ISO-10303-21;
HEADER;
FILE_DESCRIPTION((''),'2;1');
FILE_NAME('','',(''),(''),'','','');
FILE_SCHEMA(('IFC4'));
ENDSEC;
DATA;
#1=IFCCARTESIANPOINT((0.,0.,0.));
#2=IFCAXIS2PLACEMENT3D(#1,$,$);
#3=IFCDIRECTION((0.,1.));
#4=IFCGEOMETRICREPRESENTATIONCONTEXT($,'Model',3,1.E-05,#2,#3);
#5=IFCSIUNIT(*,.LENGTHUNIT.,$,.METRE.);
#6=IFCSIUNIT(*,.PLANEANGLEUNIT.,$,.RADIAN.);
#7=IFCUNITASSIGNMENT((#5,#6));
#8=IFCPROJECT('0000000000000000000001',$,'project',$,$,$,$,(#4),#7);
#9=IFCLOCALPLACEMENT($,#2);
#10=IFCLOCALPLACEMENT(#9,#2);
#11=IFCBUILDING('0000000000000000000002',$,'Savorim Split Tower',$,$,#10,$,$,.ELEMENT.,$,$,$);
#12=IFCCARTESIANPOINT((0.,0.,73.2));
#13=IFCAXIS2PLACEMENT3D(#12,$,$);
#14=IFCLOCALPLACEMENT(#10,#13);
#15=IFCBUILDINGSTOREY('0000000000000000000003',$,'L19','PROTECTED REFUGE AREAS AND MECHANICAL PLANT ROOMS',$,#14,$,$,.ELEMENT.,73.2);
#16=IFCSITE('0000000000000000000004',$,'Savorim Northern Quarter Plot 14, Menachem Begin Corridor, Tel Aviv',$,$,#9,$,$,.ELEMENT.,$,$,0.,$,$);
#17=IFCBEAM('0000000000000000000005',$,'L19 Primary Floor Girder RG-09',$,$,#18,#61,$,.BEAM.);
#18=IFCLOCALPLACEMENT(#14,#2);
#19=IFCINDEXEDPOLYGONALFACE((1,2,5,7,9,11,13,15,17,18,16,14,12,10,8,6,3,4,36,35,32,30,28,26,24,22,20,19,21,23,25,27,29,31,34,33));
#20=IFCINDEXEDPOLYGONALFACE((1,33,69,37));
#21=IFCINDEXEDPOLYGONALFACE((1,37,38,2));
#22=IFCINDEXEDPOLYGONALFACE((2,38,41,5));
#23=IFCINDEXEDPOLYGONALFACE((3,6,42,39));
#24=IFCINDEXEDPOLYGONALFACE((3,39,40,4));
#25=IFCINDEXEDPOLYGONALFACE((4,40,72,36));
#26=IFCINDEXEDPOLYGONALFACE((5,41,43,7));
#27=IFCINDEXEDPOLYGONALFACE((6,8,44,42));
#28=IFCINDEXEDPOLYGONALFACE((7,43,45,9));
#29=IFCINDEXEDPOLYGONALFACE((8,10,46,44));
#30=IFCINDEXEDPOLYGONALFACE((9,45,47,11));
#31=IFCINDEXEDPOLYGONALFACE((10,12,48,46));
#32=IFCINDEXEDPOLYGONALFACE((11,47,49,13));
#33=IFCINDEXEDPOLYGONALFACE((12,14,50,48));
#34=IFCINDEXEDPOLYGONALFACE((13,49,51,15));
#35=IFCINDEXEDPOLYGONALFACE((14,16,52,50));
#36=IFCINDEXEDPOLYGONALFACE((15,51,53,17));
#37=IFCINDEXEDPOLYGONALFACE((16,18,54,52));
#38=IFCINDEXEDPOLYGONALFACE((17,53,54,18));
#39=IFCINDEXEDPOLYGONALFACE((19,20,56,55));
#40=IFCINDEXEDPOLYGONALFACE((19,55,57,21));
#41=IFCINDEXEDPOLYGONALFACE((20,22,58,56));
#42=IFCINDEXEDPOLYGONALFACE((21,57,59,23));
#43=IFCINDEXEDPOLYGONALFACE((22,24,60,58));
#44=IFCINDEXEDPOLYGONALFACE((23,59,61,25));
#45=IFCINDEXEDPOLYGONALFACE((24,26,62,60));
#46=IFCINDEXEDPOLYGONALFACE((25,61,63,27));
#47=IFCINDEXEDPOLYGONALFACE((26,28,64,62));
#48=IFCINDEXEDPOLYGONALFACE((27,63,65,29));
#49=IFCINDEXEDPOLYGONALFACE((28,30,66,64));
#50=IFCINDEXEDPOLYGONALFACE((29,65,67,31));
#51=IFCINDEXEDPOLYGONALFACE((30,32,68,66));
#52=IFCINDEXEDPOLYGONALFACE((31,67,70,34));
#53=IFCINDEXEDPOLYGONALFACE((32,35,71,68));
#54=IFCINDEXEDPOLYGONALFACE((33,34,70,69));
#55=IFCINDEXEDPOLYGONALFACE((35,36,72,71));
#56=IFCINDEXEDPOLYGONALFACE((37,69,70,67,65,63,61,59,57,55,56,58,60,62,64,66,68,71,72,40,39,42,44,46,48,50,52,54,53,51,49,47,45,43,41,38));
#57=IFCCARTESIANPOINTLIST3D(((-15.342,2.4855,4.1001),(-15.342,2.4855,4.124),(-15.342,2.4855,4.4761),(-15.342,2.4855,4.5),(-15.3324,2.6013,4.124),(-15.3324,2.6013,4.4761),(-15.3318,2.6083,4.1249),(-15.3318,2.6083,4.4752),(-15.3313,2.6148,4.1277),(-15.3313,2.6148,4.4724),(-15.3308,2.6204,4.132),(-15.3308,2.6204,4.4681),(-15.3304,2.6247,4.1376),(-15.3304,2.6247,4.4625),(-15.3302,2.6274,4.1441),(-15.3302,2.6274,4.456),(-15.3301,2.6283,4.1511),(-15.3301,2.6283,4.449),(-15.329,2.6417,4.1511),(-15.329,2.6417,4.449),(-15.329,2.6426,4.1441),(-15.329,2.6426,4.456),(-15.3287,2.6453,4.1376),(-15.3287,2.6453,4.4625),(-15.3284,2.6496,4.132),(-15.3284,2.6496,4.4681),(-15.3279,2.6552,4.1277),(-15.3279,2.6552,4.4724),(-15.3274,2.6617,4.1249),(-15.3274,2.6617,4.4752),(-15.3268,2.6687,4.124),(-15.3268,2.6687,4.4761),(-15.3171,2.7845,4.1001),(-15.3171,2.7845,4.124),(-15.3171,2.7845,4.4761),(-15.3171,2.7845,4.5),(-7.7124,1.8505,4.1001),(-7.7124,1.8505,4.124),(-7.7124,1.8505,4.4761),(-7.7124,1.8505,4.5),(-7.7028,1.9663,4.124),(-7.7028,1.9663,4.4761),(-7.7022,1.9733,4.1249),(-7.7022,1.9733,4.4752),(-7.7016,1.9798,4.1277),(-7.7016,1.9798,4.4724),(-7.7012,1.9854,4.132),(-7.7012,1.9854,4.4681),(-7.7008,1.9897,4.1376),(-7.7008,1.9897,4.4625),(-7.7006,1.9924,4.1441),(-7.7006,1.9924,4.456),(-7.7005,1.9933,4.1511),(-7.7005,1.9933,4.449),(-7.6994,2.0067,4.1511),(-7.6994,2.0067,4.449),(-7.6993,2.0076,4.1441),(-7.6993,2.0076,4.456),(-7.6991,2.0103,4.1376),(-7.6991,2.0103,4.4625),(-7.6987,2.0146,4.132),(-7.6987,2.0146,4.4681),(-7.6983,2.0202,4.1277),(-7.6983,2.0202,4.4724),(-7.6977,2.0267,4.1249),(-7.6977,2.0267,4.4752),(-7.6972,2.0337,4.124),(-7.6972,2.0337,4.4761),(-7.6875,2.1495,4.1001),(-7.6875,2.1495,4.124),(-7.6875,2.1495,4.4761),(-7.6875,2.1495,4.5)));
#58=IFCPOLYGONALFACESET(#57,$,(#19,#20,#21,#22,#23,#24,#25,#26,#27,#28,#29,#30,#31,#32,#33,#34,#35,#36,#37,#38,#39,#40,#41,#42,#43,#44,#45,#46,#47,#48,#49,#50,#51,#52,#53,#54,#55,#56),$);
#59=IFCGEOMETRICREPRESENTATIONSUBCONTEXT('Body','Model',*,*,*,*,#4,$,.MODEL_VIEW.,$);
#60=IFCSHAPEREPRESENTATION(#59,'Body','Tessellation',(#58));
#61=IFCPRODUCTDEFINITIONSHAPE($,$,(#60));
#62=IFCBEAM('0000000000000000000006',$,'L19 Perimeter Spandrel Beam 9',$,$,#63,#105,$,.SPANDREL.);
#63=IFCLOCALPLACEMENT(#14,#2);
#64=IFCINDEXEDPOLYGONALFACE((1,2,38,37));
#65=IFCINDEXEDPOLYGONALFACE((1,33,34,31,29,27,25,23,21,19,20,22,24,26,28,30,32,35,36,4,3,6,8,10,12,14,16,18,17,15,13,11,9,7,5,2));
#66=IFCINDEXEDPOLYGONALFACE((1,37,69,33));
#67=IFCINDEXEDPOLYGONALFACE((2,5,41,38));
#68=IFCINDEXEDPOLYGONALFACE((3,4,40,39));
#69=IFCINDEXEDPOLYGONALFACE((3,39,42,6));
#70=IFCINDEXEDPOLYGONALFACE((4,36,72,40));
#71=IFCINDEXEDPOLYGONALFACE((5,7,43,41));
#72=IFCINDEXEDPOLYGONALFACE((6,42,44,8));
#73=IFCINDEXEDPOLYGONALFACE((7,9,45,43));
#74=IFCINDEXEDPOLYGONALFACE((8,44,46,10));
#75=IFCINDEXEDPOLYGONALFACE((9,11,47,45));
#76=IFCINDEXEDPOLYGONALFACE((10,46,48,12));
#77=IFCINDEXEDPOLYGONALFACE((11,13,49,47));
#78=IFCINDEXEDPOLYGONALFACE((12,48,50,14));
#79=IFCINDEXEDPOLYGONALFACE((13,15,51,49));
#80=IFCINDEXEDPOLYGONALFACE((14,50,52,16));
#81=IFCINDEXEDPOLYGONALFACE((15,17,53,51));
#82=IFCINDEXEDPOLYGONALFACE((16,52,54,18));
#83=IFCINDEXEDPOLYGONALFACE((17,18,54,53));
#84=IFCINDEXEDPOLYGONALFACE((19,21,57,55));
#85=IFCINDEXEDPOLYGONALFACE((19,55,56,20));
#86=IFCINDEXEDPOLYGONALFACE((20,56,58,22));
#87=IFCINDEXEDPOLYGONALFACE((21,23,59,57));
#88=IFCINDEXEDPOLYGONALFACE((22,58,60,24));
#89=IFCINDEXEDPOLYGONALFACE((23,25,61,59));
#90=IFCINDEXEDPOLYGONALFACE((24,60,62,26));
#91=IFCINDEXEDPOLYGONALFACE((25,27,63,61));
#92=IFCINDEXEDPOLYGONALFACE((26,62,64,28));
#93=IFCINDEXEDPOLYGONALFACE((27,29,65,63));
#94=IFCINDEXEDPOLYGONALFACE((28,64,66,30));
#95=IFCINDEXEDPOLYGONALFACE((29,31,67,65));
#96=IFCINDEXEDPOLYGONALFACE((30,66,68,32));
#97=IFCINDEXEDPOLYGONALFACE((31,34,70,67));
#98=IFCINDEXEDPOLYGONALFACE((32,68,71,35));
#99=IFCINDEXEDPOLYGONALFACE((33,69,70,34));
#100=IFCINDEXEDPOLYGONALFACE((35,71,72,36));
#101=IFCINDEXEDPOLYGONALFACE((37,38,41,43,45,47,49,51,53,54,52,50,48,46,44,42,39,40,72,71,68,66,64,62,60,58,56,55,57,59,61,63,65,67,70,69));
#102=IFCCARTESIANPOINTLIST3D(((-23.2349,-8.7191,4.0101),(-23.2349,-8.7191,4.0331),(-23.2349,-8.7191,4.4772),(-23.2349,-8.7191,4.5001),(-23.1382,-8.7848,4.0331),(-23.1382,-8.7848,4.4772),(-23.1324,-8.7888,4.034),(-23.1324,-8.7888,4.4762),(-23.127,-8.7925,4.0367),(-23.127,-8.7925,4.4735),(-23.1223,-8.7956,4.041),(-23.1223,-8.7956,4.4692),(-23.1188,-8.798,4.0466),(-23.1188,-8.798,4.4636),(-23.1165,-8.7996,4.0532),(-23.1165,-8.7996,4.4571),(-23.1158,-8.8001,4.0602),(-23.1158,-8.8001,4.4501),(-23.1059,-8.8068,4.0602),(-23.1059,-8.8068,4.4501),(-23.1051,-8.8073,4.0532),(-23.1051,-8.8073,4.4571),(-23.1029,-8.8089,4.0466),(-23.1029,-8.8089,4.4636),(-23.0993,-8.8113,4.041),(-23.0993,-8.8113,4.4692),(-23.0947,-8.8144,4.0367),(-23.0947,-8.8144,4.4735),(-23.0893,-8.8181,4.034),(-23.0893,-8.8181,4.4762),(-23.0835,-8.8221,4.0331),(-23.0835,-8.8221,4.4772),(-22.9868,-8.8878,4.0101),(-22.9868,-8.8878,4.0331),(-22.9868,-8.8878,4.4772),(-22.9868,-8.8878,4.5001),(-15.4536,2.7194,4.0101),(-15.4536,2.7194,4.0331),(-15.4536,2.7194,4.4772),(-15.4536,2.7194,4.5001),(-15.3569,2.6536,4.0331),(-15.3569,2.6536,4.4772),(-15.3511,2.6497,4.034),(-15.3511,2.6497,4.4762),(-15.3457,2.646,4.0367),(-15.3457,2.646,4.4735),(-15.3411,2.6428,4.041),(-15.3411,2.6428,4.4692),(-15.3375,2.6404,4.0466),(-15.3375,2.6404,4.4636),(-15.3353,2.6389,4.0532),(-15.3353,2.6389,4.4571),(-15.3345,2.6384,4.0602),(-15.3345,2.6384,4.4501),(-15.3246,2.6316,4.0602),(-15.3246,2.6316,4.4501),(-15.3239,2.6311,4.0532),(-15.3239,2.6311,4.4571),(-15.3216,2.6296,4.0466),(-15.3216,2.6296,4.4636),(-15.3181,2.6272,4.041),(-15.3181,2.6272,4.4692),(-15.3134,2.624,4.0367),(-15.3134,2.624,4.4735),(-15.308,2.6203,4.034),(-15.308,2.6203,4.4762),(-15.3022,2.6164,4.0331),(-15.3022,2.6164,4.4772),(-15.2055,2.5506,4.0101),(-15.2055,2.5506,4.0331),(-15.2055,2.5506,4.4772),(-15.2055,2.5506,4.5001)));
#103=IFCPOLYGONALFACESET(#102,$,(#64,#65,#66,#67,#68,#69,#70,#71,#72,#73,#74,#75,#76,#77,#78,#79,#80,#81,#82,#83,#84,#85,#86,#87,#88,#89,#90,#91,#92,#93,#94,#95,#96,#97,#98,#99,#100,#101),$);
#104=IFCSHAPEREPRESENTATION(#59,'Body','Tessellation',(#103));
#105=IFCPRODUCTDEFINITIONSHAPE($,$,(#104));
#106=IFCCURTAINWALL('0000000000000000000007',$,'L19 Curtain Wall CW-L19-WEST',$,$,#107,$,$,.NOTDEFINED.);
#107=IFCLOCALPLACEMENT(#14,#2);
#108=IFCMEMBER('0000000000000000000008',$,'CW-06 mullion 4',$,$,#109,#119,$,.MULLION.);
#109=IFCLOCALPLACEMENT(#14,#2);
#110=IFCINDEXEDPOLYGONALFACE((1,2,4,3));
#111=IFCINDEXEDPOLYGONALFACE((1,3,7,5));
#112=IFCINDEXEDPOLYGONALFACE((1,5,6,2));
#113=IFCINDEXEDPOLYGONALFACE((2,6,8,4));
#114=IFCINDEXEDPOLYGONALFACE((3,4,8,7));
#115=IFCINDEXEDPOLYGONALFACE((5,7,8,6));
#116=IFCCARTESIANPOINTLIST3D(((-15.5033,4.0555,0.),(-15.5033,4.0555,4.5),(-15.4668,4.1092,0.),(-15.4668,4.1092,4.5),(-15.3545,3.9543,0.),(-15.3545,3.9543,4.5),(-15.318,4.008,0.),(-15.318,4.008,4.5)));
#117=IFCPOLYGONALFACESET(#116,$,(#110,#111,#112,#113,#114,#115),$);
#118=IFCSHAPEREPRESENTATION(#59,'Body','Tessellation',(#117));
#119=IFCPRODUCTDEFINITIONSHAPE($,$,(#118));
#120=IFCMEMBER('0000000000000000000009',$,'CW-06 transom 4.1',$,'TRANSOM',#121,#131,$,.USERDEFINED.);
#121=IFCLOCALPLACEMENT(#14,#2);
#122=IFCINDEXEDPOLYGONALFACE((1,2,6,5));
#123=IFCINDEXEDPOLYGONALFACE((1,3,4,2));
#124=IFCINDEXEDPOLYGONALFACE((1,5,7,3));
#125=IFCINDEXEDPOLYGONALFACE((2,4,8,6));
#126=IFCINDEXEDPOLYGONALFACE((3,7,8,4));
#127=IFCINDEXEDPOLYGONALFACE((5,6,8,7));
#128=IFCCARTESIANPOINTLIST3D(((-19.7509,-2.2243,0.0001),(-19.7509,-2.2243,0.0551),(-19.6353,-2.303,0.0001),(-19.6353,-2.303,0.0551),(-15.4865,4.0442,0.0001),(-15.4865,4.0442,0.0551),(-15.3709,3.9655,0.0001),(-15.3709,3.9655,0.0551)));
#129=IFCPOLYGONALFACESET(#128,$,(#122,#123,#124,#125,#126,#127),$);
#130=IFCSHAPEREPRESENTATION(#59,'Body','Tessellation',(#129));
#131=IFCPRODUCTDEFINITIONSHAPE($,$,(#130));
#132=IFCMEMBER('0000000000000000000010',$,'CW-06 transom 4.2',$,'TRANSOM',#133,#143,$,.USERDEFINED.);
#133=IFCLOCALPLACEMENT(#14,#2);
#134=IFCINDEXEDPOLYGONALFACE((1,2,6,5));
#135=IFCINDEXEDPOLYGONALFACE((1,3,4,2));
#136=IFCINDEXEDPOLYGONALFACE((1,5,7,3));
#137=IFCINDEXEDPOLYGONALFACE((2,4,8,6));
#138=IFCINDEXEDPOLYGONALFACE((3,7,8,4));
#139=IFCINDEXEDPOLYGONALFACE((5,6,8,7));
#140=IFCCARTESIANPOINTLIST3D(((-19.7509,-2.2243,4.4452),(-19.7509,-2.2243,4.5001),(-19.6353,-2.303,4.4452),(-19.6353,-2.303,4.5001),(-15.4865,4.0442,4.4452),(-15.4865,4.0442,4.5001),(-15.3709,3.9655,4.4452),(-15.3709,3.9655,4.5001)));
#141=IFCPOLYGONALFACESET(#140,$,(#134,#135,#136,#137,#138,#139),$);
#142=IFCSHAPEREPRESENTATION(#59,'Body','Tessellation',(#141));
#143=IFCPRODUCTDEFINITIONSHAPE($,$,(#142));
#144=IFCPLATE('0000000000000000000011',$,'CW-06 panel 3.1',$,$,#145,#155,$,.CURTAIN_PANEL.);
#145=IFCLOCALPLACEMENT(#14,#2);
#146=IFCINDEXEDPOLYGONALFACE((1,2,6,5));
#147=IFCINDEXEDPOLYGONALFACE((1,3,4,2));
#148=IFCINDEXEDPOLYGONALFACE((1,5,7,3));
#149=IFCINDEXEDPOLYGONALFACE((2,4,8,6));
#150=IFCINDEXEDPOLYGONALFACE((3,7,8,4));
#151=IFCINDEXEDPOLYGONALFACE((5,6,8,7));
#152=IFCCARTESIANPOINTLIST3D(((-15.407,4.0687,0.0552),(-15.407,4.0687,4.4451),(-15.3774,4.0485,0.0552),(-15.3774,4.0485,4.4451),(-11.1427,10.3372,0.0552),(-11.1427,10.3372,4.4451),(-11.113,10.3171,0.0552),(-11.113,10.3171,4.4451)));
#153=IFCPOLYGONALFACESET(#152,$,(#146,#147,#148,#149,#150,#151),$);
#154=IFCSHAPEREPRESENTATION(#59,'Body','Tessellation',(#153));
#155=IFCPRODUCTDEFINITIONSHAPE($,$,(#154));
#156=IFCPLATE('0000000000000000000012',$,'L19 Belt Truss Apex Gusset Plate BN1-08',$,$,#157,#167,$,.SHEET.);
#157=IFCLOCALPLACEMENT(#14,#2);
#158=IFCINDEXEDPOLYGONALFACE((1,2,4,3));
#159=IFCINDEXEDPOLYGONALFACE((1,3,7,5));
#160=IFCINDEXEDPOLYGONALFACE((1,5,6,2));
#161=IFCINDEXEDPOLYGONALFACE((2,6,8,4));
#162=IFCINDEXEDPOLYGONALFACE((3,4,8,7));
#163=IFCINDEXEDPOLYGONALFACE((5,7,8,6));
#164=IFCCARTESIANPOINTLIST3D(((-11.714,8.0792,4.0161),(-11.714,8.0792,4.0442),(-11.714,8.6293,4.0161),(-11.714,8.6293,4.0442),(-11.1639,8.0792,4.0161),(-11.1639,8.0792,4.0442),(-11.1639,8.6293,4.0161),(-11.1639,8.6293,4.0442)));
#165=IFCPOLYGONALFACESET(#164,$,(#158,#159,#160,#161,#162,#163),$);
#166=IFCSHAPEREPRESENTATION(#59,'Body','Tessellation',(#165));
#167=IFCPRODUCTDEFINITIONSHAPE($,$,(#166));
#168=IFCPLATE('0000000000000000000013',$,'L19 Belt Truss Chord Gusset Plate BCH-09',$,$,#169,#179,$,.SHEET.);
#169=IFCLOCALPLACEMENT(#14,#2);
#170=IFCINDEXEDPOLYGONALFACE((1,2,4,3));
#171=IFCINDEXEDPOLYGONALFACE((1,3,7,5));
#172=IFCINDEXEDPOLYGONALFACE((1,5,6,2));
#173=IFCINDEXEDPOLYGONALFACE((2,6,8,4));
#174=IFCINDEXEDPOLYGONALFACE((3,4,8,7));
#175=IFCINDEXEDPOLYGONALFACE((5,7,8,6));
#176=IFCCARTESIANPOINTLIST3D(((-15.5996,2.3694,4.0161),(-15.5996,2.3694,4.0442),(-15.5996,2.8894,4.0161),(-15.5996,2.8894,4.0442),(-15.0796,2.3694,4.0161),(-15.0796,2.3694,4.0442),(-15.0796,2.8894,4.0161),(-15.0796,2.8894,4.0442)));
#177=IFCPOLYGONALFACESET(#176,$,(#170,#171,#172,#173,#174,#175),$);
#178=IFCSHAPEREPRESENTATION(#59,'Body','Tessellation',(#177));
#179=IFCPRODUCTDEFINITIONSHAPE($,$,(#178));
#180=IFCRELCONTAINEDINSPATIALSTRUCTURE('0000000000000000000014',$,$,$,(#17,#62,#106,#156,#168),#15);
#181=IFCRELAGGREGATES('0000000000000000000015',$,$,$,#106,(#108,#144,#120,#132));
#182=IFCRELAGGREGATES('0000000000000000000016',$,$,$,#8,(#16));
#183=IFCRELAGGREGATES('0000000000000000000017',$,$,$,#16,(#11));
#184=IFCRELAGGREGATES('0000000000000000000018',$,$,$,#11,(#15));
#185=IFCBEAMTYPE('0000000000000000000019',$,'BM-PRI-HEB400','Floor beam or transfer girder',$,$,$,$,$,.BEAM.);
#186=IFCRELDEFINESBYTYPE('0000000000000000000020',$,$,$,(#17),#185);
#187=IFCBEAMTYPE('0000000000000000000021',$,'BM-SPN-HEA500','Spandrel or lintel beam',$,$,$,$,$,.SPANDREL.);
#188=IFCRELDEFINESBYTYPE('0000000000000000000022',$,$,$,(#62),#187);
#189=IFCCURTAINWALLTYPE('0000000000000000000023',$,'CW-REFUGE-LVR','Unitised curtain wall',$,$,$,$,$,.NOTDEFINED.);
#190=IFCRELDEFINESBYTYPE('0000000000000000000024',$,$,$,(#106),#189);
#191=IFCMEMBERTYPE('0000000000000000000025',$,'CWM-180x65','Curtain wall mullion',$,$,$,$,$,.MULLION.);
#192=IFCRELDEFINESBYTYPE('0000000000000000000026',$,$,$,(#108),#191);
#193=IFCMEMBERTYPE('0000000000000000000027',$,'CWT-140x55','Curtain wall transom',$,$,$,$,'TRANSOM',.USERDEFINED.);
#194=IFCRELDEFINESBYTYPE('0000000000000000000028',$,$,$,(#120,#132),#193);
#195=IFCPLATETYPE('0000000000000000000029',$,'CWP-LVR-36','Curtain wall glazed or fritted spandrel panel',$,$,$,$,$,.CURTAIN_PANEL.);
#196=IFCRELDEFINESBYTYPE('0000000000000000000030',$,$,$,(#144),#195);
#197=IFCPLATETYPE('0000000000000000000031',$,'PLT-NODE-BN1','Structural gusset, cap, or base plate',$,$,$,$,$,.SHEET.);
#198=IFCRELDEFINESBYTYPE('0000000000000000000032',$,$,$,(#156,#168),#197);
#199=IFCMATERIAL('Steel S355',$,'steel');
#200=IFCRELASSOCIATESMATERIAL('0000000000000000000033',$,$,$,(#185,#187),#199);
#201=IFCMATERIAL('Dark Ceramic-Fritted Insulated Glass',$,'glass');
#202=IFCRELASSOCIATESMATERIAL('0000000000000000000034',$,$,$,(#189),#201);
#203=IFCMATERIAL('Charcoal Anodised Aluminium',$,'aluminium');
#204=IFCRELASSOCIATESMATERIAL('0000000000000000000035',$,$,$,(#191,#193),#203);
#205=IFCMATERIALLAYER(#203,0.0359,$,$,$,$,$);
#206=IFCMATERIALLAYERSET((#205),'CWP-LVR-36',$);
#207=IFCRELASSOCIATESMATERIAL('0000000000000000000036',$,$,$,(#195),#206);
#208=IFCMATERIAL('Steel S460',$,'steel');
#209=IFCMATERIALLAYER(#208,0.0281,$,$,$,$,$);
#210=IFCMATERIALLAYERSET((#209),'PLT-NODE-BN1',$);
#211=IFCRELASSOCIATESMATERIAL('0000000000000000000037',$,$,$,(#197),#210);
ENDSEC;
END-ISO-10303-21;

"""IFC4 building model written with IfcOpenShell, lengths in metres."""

from ifc_helpers import new_model, si_unit, direction, frame, origin, origin_2d, place, context, subcontext, project, spatial, rectangle, i_section, extrude, material, layer, layer_set, material_profile, profile_set, type_object, element, aggregate, save


model = new_model("IFC4")

# Units and contexts
model_context = context("Model", 3, precision=1e-05, world=origin(), true_north=direction((0.0, 1.0)))
body_context = subcontext(model_context, "Body", "Model", "MODEL_VIEW")
ifc_project = project(units=[si_unit("LENGTHUNIT", "METRE"), si_unit("PLANEANGLEUNIT", "RADIAN")], contexts=[model_context])

# Site, building, storey
site_placement = place(None, origin())
site = spatial("IfcSite", under=ifc_project, at=site_placement, Name="Savorim Northern Quarter Plot 14, Menachem Begin Corridor, Tel Aviv", CompositionType="ELEMENT", RefElevation=0.0)
building_placement = place(site_placement, origin())
building = spatial("IfcBuilding", under=site, at=building_placement, Name="Savorim Split Tower", CompositionType="ELEMENT")
storey_placement = place(building_placement, frame((0.0, 0.0, 73.2)))
storey = spatial("IfcBuildingStorey", under=building, at=storey_placement, Name="L19", Description="PROTECTED REFUGE AREAS AND MECHANICAL PLANT ROOMS", CompositionType="ELEMENT", Elevation=73.2)

# Beams
ifc_material_1 = material(Name="Steel S355", Category="steel")
ifc_material_profile_1 = material_profile(ifc_material_1, i_section(OverallWidth=0.3, OverallDepth=0.3999, WebThickness=0.0134, FlangeThickness=0.0239, FilletRadius=0.0271, at=origin_2d()), Name="HEB 400")
ifc_profile_set_1 = profile_set([ifc_material_profile_1], Name="Steel S355")
beam_type_1 = type_object("IfcBeamType", Name="BM-PRI-HEB400", Description="Floor beam or transfer girder", PredefinedType="BEAM", material=ifc_profile_set_1)
beam_1_placement = place(storey_placement, frame((-15.3296, 2.635, 4.3), z_axis=(0.996554, -0.082943, 0.0), x_axis=(0.082943, 0.996554, 0.0)))
element("IfcBeam", 1, at=beam_1_placement, inside=storey, type_object=beam_type_1, Name="L19 Primary Floor Girder RG-09", PredefinedType="BEAM", context=body_context, shape_type="SweptSolid", body=[
    extrude(i_section(OverallWidth=0.3, OverallDepth=0.3999, WebThickness=0.0134, FlangeThickness=0.0239, FilletRadius=0.0271, at=origin_2d()), origin(), (0.0, 0.0, 1.0), 7.656),
])
ifc_material_profile_2 = material_profile(ifc_material_1, i_section(OverallWidth=0.3, OverallDepth=0.49, WebThickness=0.012, FlangeThickness=0.0229, FilletRadius=0.0271, at=origin_2d()), Name="HEA 500")
ifc_profile_set_2 = profile_set([ifc_material_profile_2], Name="Steel S355")
beam_type_2 = type_object("IfcBeamType", Name="BM-SPN-HEA500", Description="Spandrel or lintel beam", PredefinedType="SPANDREL", material=ifc_profile_set_2)
beam_2_placement = place(storey_placement, frame((-15.3296, 2.635, 4.2551), z_axis=(-0.562463, -0.826823, 0.0), x_axis=(0.826823, -0.562463, 0.0)))
element("IfcBeam", 2, at=beam_2_placement, inside=storey, type_object=beam_type_2, Name="L19 Perimeter Spandrel Beam 9", PredefinedType="SPANDREL", context=body_context, shape_type="SweptSolid", body=[
    extrude(i_section(OverallWidth=0.3, OverallDepth=0.49, WebThickness=0.012, FlangeThickness=0.0229, FilletRadius=0.0271, at=origin_2d()), origin(), (0.0, 0.0, 1.0), 13.8342),
])

# Curtain wall, members, plate
ifc_material_2 = material(Name="Dark Ceramic-Fritted Insulated Glass", Category="glass")
curtain_wall_type = type_object("IfcCurtainWallType", Name="CW-REFUGE-LVR", Description="Unitised curtain wall", PredefinedType="NOTDEFINED", material=ifc_material_2)
curtain_wall_placement = place(storey_placement, origin())
curtain_wall = element("IfcCurtainWall", 3, at=curtain_wall_placement, inside=storey, type_object=curtain_wall_type, Name="L19 Curtain Wall CW-L19-WEST", PredefinedType="NOTDEFINED")
ifc_material_3 = material(Name="Charcoal Anodised Aluminium", Category="aluminium")
ifc_material_profile_3 = material_profile(ifc_material_3, rectangle(XDim=0.1799, YDim=0.0649, at=origin_2d()), Name="ALU-M 180x65")
ifc_profile_set_3 = profile_set([ifc_material_profile_3], Name="Charcoal Anodised Aluminium")
member_type_1 = type_object("IfcMemberType", Name="CWM-180x65", Description="Curtain wall mullion", PredefinedType="MULLION", material=ifc_profile_set_3)
member_1_placement = place(storey_placement, frame((-15.4106, 4.0317, 0.0), z_axis=(0.0, 0.0, 1.0), x_axis=(0.82682, -0.562467, 0.0)))
member_1 = element("IfcMember", 4, at=member_1_placement, type_object=member_type_1, Name="CW-06 mullion 4", PredefinedType="MULLION", context=body_context, shape_type="SweptSolid", body=[
    extrude(rectangle(XDim=0.1799, YDim=0.0649, at=origin_2d()), origin(), (0.0, 0.0, 1.0), 4.5),
])
ifc_material_profile_4 = material_profile(ifc_material_3, rectangle(XDim=0.1399, YDim=0.0549, at=origin_2d()), Name="ALU-T 140x55")
ifc_profile_set_4 = profile_set([ifc_material_profile_4], Name="Charcoal Anodised Aluminium")
member_type_2 = type_object("IfcMemberType", Name="CWT-140x55", Description="Curtain wall transom", ElementType="TRANSOM", PredefinedType="USERDEFINED", material=ifc_profile_set_4)
member_2_placement = place(storey_placement, frame((-15.4287, 4.0049, 0.0276), z_axis=(-0.562471, -0.826817, 0.0), x_axis=(0.826817, -0.562471, 0.0)))
member_2 = element("IfcMember", 5, at=member_2_placement, type_object=member_type_2, Name="CW-06 transom 4.1", ObjectType="TRANSOM", PredefinedType="USERDEFINED", context=body_context, shape_type="SweptSolid", body=[
    extrude(rectangle(XDim=0.1399, YDim=0.0549, at=origin_2d()), origin(), (0.0, 0.0, 1.0), 7.5815),
])
member_3_placement = place(storey_placement, frame((-15.4287, 4.0049, 4.4727), z_axis=(-0.562471, -0.826817, 0.0), x_axis=(0.826817, -0.562471, 0.0)))
member_3 = element("IfcMember", 6, at=member_3_placement, type_object=member_type_2, Name="CW-06 transom 4.2", ObjectType="TRANSOM", PredefinedType="USERDEFINED", context=body_context, shape_type="SweptSolid", body=[
    extrude(rectangle(XDim=0.1399, YDim=0.0549, at=origin_2d()), origin(), (0.0, 0.0, 1.0), 7.5815),
])
ifc_layer_1 = layer(ifc_material_3, 0.0359)
ifc_layer_set_1 = layer_set([ifc_layer_1], Name="CWP-LVR-36")
plate_type_1 = type_object("IfcPlateType", Name="CWP-LVR-36", Description="Curtain wall glazed or fritted spandrel panel", PredefinedType="CURTAIN_PANEL", material=ifc_layer_set_1)
plate_1_placement = place(storey_placement, frame((-13.26, 7.1929, 0.0552), z_axis=(0.0, 0.0, 1.0), x_axis=(-0.562467, -0.82682, 0.0)))
plate_1 = element("IfcPlate", 7, at=plate_1_placement, type_object=plate_type_1, Name="CW-06 panel 3.1", PredefinedType="CURTAIN_PANEL", context=body_context, shape_type="SweptSolid", body=[
    extrude(rectangle(XDim=7.5815, YDim=0.0359, at=origin_2d()), origin(), (0.0, 0.0, 1.0), 4.3899),
])
aggregate(curtain_wall, [member_1, plate_1, member_2, member_3])

# Plates
ifc_material_4 = material(Name="Steel S460", Category="steel")
ifc_layer_2 = layer(ifc_material_4, 0.0281)
ifc_layer_set_2 = layer_set([ifc_layer_2], Name="PLT-NODE-BN1")
plate_type_2 = type_object("IfcPlateType", Name="PLT-NODE-BN1", Description="Structural gusset, cap, or base plate", PredefinedType="SHEET", material=ifc_layer_set_2)
plate_2_placement = place(storey_placement, frame((-11.439, 8.3542, 4.0161), z_axis=(0.0, 0.0, 1.0), x_axis=(1.0, 0.0, 0.0)))
element("IfcPlate", 8, at=plate_2_placement, inside=storey, type_object=plate_type_2, Name="L19 Belt Truss Apex Gusset Plate BN1-08", PredefinedType="SHEET", context=body_context, shape_type="SweptSolid", body=[
    extrude(rectangle(XDim=0.55, YDim=0.55, at=origin_2d()), origin(), (0.0, 0.0, 1.0), 0.0281),
])
plate_3_placement = place(storey_placement, frame((-15.3396, 2.6294, 4.0161), z_axis=(0.0, 0.0, 1.0), x_axis=(1.0, 0.0, 0.0)))
element("IfcPlate", 9, at=plate_3_placement, inside=storey, type_object=plate_type_2, Name="L19 Belt Truss Chord Gusset Plate BCH-09", PredefinedType="SHEET", context=body_context, shape_type="SweptSolid", body=[
    extrude(rectangle(XDim=0.52, YDim=0.52, at=origin_2d()), origin(), (0.0, 0.0, 1.0), 0.0281),
])

save(model, "model.ifc")
